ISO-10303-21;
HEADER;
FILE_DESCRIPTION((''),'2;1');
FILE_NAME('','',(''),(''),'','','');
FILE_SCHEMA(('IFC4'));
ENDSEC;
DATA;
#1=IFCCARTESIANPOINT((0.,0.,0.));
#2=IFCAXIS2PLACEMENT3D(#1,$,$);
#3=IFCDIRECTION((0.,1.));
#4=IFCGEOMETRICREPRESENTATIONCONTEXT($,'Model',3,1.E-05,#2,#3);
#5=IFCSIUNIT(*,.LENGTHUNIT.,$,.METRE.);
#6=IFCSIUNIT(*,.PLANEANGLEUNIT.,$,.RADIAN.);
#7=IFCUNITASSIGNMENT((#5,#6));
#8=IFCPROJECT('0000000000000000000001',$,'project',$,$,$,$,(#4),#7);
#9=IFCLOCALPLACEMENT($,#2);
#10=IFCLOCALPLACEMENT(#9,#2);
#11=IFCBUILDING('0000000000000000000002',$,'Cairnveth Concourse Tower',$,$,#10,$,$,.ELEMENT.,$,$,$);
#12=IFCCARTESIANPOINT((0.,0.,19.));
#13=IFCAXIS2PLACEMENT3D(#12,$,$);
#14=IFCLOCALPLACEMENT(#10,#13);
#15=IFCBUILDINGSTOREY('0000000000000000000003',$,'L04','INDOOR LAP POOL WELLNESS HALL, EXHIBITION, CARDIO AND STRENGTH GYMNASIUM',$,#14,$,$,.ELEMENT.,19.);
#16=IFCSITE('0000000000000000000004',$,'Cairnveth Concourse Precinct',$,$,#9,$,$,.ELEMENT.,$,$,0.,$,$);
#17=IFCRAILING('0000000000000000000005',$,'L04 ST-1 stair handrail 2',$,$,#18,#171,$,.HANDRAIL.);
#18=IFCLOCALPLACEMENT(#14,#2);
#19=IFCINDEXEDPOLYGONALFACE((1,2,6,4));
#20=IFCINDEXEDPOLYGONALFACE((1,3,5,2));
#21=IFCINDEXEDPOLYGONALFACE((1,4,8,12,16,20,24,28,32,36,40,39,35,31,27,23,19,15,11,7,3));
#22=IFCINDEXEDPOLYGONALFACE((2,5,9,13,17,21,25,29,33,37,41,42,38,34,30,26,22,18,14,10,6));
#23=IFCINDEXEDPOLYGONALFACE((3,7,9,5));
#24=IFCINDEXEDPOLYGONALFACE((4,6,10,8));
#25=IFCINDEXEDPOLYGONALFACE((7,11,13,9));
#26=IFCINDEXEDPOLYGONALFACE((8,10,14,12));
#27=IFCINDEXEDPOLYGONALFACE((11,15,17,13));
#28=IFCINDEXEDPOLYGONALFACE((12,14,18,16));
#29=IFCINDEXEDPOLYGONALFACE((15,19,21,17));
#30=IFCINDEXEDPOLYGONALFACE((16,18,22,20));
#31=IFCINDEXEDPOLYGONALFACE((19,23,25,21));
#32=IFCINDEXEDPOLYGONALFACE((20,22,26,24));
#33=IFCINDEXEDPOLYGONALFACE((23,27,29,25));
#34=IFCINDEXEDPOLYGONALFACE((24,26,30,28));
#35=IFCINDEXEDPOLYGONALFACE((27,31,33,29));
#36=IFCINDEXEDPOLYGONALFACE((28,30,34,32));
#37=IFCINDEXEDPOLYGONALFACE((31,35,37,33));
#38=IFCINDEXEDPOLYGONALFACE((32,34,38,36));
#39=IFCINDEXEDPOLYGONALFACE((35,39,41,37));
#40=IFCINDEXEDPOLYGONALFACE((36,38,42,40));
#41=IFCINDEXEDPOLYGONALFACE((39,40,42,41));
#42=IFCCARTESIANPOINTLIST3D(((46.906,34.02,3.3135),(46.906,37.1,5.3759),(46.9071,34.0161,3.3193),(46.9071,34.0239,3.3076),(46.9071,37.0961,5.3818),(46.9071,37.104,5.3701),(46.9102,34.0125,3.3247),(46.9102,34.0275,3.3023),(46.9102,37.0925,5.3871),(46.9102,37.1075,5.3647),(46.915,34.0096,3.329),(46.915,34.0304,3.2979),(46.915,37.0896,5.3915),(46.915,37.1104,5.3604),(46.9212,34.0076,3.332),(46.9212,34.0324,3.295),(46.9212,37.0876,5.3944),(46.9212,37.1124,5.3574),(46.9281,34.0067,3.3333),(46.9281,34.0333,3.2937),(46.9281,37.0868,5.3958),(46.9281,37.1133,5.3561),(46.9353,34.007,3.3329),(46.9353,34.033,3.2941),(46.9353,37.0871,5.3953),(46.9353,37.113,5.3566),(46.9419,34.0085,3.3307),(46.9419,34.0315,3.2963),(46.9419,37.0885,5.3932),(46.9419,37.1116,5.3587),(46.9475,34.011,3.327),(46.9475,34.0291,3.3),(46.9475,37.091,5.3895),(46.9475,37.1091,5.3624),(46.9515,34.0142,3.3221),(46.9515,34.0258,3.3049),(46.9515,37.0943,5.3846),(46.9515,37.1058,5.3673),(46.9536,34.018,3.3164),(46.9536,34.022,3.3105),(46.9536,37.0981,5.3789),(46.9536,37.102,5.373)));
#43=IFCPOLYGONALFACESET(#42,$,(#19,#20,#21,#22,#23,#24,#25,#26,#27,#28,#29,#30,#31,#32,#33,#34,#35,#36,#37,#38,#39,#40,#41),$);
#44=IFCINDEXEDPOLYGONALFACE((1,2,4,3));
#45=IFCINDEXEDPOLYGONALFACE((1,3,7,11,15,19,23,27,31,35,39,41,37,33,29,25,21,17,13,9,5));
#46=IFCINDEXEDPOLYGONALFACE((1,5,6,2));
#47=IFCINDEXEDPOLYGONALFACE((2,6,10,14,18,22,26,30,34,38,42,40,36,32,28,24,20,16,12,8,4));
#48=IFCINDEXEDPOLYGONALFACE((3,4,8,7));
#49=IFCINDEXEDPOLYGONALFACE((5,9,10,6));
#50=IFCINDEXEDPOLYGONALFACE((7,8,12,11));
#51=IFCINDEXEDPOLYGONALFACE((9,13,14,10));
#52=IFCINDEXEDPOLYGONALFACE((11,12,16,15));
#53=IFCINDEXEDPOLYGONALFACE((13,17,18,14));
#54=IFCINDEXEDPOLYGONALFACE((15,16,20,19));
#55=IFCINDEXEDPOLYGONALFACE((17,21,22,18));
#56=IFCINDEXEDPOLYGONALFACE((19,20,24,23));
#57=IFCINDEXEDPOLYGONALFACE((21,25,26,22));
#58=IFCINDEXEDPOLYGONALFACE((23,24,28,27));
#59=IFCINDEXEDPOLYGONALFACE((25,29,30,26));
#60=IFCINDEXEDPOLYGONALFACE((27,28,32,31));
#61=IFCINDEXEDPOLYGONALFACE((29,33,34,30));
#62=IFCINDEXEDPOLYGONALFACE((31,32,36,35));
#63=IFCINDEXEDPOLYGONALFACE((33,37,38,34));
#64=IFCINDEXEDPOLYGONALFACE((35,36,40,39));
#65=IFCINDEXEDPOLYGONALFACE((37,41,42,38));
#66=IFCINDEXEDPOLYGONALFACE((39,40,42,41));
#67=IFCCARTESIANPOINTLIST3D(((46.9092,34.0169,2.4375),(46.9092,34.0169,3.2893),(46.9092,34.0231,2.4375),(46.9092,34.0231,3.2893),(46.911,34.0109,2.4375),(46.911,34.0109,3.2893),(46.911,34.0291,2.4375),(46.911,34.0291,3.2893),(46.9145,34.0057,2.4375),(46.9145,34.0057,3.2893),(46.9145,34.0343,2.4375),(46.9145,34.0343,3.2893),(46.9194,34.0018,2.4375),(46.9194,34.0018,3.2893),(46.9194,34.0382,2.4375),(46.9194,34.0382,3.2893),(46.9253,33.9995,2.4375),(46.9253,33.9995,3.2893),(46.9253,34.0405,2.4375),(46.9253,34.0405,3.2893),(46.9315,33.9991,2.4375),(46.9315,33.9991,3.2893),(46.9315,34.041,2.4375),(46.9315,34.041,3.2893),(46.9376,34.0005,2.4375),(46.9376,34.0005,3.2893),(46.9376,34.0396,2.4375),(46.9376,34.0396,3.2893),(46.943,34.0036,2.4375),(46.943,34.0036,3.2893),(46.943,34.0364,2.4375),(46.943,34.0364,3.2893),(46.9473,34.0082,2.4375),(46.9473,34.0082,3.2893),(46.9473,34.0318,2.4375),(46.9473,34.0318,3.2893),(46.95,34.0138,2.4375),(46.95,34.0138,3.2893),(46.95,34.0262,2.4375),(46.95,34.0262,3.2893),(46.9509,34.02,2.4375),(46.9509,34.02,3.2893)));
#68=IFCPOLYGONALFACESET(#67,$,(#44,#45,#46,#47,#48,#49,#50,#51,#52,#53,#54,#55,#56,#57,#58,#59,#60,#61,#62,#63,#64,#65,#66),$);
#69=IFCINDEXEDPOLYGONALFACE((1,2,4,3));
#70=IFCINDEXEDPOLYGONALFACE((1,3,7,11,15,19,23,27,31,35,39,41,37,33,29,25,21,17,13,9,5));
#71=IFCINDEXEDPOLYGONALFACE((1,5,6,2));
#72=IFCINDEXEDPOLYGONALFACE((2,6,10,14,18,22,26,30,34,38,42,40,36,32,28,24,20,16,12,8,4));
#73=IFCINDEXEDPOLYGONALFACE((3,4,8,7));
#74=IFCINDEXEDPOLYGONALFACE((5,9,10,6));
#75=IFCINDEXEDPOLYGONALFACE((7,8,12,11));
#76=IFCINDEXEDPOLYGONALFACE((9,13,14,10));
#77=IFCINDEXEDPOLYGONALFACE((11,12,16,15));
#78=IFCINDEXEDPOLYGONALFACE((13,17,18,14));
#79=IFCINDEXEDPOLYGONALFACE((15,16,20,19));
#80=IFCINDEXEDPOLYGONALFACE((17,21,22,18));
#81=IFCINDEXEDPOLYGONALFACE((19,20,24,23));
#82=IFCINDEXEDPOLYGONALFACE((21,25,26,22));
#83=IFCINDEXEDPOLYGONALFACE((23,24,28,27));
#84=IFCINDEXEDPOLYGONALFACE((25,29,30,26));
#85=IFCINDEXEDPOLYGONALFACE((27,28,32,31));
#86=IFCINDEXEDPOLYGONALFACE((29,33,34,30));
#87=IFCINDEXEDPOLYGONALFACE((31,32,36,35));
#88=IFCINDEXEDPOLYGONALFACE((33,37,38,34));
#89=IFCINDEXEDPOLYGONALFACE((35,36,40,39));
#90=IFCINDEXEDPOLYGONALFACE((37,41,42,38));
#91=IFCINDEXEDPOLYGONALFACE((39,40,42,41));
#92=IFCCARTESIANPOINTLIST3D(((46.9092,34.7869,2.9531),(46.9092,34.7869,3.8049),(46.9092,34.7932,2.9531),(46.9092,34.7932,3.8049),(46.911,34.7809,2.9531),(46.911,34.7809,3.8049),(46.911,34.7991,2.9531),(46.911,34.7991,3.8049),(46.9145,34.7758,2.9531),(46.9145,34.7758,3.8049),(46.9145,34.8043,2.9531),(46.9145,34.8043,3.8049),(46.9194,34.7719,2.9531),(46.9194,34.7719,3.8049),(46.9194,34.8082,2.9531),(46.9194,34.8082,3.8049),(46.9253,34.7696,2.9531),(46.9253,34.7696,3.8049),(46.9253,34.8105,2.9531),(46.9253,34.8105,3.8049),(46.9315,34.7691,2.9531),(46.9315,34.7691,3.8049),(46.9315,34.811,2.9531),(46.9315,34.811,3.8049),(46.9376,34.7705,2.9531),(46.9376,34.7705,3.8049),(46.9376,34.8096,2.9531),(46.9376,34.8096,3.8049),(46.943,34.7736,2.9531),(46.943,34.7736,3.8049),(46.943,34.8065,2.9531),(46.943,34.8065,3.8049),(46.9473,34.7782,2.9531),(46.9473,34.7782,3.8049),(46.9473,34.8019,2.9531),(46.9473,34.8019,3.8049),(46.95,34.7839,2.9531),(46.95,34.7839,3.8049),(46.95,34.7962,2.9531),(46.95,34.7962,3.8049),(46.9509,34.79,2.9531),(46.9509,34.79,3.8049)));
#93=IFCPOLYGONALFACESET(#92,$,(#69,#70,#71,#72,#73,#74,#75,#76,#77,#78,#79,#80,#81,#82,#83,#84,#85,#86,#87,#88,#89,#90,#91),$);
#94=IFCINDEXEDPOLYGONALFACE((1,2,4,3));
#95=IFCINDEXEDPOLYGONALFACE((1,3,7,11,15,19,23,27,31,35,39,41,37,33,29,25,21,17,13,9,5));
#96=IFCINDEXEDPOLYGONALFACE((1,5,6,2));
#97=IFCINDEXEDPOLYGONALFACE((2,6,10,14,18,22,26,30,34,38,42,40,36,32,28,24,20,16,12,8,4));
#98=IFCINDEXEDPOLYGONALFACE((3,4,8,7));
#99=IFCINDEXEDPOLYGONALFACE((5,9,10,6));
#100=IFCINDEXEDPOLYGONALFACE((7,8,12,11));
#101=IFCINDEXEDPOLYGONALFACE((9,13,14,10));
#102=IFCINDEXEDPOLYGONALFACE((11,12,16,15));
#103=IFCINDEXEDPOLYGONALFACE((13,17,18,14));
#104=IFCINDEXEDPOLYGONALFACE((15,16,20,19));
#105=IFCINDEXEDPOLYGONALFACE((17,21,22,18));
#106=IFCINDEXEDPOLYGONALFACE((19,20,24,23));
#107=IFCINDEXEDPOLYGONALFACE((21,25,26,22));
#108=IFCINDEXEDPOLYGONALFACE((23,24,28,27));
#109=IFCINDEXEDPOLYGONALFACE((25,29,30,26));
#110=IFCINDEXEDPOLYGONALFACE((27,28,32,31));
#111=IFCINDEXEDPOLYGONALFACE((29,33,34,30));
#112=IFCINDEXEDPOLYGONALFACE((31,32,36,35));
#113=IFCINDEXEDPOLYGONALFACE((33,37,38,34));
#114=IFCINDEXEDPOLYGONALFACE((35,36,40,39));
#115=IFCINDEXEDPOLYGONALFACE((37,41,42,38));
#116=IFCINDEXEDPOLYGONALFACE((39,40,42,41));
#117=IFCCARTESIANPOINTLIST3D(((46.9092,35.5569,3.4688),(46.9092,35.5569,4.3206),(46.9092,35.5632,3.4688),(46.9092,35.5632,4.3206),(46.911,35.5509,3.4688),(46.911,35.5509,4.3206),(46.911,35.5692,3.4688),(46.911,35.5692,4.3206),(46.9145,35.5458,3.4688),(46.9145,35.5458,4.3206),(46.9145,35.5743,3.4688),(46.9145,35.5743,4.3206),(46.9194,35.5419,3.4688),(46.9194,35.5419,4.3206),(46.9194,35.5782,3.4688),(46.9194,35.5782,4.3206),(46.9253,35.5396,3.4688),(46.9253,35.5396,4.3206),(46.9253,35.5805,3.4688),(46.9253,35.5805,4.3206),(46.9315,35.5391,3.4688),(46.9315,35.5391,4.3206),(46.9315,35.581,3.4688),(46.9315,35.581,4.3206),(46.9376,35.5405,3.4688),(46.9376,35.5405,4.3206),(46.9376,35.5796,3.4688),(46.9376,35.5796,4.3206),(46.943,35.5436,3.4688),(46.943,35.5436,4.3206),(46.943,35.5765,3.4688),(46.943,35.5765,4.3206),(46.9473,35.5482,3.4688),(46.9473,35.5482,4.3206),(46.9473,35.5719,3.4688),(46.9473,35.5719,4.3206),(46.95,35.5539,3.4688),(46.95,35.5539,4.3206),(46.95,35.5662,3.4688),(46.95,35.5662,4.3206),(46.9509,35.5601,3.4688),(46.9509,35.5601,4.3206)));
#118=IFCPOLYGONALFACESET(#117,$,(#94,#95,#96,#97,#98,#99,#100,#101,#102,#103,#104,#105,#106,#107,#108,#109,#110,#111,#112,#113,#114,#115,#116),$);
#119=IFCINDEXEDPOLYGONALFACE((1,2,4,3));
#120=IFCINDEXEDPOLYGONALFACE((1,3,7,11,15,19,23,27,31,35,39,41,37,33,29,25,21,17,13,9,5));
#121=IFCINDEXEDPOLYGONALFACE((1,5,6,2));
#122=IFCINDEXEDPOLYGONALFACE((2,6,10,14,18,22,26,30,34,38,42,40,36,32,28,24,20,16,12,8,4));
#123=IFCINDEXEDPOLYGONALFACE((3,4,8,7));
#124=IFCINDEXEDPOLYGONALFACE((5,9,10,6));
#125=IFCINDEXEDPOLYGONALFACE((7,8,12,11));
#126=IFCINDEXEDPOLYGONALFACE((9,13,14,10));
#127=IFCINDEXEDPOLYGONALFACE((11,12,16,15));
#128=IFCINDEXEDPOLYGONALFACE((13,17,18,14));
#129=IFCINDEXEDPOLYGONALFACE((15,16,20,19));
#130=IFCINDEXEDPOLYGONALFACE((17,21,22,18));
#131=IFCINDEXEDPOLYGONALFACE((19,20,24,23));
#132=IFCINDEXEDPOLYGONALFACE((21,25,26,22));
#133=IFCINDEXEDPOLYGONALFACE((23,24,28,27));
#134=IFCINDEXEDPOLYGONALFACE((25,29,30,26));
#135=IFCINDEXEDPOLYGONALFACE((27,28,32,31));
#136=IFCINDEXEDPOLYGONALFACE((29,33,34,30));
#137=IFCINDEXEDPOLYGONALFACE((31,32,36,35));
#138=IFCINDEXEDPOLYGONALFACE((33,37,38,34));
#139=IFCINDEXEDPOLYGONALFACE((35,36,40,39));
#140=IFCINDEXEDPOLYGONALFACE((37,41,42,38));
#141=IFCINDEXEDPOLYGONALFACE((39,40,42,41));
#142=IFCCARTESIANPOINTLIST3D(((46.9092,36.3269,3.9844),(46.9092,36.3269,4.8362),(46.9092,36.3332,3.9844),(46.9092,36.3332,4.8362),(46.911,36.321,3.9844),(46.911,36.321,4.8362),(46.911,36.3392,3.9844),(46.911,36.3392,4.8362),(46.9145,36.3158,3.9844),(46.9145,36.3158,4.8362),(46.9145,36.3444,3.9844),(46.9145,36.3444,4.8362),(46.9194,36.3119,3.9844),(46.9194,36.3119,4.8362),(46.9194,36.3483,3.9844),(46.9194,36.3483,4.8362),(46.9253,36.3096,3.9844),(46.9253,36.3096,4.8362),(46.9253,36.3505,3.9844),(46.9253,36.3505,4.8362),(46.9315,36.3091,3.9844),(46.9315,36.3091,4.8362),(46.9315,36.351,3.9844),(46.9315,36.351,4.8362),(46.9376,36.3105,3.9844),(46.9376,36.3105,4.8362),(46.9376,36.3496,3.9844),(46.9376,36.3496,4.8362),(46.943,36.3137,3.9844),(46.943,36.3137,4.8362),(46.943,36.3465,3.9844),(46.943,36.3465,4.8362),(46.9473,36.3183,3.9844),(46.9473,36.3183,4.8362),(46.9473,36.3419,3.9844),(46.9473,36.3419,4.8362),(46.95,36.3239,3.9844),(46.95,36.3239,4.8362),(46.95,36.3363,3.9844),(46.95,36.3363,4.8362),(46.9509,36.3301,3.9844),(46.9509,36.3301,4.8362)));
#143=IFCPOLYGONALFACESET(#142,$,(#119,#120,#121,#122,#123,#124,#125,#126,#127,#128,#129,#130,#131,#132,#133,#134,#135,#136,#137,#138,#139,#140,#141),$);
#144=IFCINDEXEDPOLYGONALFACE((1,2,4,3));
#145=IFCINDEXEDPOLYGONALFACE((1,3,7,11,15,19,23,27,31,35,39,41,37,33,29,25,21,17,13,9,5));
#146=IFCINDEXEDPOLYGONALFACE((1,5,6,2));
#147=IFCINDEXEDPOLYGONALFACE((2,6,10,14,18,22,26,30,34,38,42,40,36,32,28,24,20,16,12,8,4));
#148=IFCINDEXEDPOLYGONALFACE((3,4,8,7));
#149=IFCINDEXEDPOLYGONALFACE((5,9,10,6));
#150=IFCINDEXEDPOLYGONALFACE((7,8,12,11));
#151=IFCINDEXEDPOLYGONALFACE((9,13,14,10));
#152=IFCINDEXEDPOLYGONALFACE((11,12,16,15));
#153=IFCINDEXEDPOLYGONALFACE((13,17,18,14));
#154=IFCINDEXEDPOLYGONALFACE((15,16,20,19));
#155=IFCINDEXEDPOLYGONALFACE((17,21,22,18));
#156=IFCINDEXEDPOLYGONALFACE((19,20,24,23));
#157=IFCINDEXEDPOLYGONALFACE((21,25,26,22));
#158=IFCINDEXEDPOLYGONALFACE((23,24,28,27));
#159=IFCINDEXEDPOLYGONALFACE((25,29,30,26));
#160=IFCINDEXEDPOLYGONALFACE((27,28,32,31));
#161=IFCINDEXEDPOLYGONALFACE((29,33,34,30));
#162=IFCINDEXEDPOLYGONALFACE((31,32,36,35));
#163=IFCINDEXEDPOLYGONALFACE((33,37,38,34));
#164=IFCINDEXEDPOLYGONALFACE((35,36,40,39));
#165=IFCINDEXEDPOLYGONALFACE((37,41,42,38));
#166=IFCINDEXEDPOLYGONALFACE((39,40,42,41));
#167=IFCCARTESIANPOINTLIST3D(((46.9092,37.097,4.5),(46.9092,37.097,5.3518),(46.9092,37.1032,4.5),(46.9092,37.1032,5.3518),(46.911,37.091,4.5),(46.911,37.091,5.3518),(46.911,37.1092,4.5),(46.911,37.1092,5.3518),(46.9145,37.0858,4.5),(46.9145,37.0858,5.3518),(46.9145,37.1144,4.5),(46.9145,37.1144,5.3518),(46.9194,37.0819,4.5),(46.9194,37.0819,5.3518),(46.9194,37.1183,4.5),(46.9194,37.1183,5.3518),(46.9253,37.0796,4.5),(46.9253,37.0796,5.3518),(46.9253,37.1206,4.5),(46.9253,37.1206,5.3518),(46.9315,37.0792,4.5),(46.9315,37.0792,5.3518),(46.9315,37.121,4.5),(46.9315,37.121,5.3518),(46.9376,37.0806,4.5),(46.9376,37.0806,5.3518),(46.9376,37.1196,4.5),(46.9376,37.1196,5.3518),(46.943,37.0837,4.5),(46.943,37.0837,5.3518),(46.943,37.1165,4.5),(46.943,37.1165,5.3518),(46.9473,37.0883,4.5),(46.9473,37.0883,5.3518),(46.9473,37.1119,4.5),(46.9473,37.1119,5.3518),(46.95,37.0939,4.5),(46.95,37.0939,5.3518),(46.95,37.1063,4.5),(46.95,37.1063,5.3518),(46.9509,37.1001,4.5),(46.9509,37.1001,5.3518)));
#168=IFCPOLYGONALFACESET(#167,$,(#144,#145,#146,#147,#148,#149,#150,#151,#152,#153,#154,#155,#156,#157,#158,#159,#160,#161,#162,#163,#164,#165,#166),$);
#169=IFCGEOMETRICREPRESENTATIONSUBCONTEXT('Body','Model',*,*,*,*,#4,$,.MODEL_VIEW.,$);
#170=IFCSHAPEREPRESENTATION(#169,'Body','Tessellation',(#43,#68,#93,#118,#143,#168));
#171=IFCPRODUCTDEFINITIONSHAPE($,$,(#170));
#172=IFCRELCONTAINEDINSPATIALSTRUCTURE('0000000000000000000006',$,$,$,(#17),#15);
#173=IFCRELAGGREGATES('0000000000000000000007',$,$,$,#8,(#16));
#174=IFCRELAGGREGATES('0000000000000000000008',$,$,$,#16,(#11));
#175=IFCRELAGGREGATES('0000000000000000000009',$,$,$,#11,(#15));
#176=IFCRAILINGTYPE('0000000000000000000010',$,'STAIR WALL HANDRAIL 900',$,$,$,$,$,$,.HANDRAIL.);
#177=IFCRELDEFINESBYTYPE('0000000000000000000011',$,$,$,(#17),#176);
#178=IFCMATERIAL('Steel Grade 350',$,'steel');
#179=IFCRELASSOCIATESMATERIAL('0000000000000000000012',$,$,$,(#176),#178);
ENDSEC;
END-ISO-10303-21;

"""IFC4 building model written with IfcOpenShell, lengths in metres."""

from ifc_helpers import new_model, si_unit, direction, frame, origin, origin_2d, place, context, subcontext, project, spatial, circle, extrude, material, type_object, element, save


model = new_model("IFC4")

# Units and contexts
model_context = context("Model", 3, precision=1e-05, world=origin(), true_north=direction((0.0, 1.0)))
body_context = subcontext(model_context, "Body", "Model", "MODEL_VIEW")
ifc_project = project(units=[si_unit("LENGTHUNIT", "METRE"), si_unit("PLANEANGLEUNIT", "RADIAN")], contexts=[model_context])

# Site, building, storey
site_placement = place(None, origin())
site = spatial("IfcSite", under=ifc_project, at=site_placement, Name="Cairnveth Concourse Precinct", CompositionType="ELEMENT", RefElevation=0.0)
building_placement = place(site_placement, origin())
building = spatial("IfcBuilding", under=site, at=building_placement, Name="Cairnveth Concourse Tower", CompositionType="ELEMENT")
storey_placement = place(building_placement, frame((0.0, 0.0, 19.0)))
storey = spatial("IfcBuildingStorey", under=building, at=storey_placement, Name="L04", Description="INDOOR LAP POOL WELLNESS HALL, EXHIBITION, CARDIO AND STRENGTH GYMNASIUM", CompositionType="ELEMENT", Elevation=19.0)

# Shared definitions
ifc_material_1 = material(Name="Steel Grade 350", Category="steel")

# Railing
railing_type_1 = type_object("IfcRailingType", Name="STAIR WALL HANDRAIL 900", PredefinedType="HANDRAIL", material=ifc_material_1)
railing_1_placement = place(storey_placement, frame((46.9299, 34.02, 2.4375)))
element("IfcRailing", 1, at=railing_1_placement, inside=storey, type_object=railing_type_1, Name="L04 ST-1 stair handrail 2", PredefinedType="HANDRAIL", context=body_context, shape_type="SweptSolid", body=[
    extrude(circle(Radius=0.0239, at=origin_2d()), frame((0.0, 0.0, 0.876), z_axis=(0.0, 0.830914, 0.556401), x_axis=(-1.0, 0.0, 0.0)), (0.0, 0.0, 1.0), 3.7068),
    extrude(circle(Radius=0.021, at=origin_2d()), origin(), (0.0, 0.0, 1.0), 0.8518),
    extrude(circle(Radius=0.021, at=origin_2d()), frame((0.0, 0.77, 0.5156)), (0.0, 0.0, 1.0), 0.8518),
    extrude(circle(Radius=0.021, at=origin_2d()), frame((0.0, 1.54, 1.0312)), (0.0, 0.0, 1.0), 0.8518),
    extrude(circle(Radius=0.021, at=origin_2d()), frame((0.0, 2.3101, 1.5469)), (0.0, 0.0, 1.0), 0.8518),
    extrude(circle(Radius=0.021, at=origin_2d()), frame((0.0, 3.0801, 2.0625)), (0.0, 0.0, 1.0), 0.8518),
])

save(model, "model.ifc")
